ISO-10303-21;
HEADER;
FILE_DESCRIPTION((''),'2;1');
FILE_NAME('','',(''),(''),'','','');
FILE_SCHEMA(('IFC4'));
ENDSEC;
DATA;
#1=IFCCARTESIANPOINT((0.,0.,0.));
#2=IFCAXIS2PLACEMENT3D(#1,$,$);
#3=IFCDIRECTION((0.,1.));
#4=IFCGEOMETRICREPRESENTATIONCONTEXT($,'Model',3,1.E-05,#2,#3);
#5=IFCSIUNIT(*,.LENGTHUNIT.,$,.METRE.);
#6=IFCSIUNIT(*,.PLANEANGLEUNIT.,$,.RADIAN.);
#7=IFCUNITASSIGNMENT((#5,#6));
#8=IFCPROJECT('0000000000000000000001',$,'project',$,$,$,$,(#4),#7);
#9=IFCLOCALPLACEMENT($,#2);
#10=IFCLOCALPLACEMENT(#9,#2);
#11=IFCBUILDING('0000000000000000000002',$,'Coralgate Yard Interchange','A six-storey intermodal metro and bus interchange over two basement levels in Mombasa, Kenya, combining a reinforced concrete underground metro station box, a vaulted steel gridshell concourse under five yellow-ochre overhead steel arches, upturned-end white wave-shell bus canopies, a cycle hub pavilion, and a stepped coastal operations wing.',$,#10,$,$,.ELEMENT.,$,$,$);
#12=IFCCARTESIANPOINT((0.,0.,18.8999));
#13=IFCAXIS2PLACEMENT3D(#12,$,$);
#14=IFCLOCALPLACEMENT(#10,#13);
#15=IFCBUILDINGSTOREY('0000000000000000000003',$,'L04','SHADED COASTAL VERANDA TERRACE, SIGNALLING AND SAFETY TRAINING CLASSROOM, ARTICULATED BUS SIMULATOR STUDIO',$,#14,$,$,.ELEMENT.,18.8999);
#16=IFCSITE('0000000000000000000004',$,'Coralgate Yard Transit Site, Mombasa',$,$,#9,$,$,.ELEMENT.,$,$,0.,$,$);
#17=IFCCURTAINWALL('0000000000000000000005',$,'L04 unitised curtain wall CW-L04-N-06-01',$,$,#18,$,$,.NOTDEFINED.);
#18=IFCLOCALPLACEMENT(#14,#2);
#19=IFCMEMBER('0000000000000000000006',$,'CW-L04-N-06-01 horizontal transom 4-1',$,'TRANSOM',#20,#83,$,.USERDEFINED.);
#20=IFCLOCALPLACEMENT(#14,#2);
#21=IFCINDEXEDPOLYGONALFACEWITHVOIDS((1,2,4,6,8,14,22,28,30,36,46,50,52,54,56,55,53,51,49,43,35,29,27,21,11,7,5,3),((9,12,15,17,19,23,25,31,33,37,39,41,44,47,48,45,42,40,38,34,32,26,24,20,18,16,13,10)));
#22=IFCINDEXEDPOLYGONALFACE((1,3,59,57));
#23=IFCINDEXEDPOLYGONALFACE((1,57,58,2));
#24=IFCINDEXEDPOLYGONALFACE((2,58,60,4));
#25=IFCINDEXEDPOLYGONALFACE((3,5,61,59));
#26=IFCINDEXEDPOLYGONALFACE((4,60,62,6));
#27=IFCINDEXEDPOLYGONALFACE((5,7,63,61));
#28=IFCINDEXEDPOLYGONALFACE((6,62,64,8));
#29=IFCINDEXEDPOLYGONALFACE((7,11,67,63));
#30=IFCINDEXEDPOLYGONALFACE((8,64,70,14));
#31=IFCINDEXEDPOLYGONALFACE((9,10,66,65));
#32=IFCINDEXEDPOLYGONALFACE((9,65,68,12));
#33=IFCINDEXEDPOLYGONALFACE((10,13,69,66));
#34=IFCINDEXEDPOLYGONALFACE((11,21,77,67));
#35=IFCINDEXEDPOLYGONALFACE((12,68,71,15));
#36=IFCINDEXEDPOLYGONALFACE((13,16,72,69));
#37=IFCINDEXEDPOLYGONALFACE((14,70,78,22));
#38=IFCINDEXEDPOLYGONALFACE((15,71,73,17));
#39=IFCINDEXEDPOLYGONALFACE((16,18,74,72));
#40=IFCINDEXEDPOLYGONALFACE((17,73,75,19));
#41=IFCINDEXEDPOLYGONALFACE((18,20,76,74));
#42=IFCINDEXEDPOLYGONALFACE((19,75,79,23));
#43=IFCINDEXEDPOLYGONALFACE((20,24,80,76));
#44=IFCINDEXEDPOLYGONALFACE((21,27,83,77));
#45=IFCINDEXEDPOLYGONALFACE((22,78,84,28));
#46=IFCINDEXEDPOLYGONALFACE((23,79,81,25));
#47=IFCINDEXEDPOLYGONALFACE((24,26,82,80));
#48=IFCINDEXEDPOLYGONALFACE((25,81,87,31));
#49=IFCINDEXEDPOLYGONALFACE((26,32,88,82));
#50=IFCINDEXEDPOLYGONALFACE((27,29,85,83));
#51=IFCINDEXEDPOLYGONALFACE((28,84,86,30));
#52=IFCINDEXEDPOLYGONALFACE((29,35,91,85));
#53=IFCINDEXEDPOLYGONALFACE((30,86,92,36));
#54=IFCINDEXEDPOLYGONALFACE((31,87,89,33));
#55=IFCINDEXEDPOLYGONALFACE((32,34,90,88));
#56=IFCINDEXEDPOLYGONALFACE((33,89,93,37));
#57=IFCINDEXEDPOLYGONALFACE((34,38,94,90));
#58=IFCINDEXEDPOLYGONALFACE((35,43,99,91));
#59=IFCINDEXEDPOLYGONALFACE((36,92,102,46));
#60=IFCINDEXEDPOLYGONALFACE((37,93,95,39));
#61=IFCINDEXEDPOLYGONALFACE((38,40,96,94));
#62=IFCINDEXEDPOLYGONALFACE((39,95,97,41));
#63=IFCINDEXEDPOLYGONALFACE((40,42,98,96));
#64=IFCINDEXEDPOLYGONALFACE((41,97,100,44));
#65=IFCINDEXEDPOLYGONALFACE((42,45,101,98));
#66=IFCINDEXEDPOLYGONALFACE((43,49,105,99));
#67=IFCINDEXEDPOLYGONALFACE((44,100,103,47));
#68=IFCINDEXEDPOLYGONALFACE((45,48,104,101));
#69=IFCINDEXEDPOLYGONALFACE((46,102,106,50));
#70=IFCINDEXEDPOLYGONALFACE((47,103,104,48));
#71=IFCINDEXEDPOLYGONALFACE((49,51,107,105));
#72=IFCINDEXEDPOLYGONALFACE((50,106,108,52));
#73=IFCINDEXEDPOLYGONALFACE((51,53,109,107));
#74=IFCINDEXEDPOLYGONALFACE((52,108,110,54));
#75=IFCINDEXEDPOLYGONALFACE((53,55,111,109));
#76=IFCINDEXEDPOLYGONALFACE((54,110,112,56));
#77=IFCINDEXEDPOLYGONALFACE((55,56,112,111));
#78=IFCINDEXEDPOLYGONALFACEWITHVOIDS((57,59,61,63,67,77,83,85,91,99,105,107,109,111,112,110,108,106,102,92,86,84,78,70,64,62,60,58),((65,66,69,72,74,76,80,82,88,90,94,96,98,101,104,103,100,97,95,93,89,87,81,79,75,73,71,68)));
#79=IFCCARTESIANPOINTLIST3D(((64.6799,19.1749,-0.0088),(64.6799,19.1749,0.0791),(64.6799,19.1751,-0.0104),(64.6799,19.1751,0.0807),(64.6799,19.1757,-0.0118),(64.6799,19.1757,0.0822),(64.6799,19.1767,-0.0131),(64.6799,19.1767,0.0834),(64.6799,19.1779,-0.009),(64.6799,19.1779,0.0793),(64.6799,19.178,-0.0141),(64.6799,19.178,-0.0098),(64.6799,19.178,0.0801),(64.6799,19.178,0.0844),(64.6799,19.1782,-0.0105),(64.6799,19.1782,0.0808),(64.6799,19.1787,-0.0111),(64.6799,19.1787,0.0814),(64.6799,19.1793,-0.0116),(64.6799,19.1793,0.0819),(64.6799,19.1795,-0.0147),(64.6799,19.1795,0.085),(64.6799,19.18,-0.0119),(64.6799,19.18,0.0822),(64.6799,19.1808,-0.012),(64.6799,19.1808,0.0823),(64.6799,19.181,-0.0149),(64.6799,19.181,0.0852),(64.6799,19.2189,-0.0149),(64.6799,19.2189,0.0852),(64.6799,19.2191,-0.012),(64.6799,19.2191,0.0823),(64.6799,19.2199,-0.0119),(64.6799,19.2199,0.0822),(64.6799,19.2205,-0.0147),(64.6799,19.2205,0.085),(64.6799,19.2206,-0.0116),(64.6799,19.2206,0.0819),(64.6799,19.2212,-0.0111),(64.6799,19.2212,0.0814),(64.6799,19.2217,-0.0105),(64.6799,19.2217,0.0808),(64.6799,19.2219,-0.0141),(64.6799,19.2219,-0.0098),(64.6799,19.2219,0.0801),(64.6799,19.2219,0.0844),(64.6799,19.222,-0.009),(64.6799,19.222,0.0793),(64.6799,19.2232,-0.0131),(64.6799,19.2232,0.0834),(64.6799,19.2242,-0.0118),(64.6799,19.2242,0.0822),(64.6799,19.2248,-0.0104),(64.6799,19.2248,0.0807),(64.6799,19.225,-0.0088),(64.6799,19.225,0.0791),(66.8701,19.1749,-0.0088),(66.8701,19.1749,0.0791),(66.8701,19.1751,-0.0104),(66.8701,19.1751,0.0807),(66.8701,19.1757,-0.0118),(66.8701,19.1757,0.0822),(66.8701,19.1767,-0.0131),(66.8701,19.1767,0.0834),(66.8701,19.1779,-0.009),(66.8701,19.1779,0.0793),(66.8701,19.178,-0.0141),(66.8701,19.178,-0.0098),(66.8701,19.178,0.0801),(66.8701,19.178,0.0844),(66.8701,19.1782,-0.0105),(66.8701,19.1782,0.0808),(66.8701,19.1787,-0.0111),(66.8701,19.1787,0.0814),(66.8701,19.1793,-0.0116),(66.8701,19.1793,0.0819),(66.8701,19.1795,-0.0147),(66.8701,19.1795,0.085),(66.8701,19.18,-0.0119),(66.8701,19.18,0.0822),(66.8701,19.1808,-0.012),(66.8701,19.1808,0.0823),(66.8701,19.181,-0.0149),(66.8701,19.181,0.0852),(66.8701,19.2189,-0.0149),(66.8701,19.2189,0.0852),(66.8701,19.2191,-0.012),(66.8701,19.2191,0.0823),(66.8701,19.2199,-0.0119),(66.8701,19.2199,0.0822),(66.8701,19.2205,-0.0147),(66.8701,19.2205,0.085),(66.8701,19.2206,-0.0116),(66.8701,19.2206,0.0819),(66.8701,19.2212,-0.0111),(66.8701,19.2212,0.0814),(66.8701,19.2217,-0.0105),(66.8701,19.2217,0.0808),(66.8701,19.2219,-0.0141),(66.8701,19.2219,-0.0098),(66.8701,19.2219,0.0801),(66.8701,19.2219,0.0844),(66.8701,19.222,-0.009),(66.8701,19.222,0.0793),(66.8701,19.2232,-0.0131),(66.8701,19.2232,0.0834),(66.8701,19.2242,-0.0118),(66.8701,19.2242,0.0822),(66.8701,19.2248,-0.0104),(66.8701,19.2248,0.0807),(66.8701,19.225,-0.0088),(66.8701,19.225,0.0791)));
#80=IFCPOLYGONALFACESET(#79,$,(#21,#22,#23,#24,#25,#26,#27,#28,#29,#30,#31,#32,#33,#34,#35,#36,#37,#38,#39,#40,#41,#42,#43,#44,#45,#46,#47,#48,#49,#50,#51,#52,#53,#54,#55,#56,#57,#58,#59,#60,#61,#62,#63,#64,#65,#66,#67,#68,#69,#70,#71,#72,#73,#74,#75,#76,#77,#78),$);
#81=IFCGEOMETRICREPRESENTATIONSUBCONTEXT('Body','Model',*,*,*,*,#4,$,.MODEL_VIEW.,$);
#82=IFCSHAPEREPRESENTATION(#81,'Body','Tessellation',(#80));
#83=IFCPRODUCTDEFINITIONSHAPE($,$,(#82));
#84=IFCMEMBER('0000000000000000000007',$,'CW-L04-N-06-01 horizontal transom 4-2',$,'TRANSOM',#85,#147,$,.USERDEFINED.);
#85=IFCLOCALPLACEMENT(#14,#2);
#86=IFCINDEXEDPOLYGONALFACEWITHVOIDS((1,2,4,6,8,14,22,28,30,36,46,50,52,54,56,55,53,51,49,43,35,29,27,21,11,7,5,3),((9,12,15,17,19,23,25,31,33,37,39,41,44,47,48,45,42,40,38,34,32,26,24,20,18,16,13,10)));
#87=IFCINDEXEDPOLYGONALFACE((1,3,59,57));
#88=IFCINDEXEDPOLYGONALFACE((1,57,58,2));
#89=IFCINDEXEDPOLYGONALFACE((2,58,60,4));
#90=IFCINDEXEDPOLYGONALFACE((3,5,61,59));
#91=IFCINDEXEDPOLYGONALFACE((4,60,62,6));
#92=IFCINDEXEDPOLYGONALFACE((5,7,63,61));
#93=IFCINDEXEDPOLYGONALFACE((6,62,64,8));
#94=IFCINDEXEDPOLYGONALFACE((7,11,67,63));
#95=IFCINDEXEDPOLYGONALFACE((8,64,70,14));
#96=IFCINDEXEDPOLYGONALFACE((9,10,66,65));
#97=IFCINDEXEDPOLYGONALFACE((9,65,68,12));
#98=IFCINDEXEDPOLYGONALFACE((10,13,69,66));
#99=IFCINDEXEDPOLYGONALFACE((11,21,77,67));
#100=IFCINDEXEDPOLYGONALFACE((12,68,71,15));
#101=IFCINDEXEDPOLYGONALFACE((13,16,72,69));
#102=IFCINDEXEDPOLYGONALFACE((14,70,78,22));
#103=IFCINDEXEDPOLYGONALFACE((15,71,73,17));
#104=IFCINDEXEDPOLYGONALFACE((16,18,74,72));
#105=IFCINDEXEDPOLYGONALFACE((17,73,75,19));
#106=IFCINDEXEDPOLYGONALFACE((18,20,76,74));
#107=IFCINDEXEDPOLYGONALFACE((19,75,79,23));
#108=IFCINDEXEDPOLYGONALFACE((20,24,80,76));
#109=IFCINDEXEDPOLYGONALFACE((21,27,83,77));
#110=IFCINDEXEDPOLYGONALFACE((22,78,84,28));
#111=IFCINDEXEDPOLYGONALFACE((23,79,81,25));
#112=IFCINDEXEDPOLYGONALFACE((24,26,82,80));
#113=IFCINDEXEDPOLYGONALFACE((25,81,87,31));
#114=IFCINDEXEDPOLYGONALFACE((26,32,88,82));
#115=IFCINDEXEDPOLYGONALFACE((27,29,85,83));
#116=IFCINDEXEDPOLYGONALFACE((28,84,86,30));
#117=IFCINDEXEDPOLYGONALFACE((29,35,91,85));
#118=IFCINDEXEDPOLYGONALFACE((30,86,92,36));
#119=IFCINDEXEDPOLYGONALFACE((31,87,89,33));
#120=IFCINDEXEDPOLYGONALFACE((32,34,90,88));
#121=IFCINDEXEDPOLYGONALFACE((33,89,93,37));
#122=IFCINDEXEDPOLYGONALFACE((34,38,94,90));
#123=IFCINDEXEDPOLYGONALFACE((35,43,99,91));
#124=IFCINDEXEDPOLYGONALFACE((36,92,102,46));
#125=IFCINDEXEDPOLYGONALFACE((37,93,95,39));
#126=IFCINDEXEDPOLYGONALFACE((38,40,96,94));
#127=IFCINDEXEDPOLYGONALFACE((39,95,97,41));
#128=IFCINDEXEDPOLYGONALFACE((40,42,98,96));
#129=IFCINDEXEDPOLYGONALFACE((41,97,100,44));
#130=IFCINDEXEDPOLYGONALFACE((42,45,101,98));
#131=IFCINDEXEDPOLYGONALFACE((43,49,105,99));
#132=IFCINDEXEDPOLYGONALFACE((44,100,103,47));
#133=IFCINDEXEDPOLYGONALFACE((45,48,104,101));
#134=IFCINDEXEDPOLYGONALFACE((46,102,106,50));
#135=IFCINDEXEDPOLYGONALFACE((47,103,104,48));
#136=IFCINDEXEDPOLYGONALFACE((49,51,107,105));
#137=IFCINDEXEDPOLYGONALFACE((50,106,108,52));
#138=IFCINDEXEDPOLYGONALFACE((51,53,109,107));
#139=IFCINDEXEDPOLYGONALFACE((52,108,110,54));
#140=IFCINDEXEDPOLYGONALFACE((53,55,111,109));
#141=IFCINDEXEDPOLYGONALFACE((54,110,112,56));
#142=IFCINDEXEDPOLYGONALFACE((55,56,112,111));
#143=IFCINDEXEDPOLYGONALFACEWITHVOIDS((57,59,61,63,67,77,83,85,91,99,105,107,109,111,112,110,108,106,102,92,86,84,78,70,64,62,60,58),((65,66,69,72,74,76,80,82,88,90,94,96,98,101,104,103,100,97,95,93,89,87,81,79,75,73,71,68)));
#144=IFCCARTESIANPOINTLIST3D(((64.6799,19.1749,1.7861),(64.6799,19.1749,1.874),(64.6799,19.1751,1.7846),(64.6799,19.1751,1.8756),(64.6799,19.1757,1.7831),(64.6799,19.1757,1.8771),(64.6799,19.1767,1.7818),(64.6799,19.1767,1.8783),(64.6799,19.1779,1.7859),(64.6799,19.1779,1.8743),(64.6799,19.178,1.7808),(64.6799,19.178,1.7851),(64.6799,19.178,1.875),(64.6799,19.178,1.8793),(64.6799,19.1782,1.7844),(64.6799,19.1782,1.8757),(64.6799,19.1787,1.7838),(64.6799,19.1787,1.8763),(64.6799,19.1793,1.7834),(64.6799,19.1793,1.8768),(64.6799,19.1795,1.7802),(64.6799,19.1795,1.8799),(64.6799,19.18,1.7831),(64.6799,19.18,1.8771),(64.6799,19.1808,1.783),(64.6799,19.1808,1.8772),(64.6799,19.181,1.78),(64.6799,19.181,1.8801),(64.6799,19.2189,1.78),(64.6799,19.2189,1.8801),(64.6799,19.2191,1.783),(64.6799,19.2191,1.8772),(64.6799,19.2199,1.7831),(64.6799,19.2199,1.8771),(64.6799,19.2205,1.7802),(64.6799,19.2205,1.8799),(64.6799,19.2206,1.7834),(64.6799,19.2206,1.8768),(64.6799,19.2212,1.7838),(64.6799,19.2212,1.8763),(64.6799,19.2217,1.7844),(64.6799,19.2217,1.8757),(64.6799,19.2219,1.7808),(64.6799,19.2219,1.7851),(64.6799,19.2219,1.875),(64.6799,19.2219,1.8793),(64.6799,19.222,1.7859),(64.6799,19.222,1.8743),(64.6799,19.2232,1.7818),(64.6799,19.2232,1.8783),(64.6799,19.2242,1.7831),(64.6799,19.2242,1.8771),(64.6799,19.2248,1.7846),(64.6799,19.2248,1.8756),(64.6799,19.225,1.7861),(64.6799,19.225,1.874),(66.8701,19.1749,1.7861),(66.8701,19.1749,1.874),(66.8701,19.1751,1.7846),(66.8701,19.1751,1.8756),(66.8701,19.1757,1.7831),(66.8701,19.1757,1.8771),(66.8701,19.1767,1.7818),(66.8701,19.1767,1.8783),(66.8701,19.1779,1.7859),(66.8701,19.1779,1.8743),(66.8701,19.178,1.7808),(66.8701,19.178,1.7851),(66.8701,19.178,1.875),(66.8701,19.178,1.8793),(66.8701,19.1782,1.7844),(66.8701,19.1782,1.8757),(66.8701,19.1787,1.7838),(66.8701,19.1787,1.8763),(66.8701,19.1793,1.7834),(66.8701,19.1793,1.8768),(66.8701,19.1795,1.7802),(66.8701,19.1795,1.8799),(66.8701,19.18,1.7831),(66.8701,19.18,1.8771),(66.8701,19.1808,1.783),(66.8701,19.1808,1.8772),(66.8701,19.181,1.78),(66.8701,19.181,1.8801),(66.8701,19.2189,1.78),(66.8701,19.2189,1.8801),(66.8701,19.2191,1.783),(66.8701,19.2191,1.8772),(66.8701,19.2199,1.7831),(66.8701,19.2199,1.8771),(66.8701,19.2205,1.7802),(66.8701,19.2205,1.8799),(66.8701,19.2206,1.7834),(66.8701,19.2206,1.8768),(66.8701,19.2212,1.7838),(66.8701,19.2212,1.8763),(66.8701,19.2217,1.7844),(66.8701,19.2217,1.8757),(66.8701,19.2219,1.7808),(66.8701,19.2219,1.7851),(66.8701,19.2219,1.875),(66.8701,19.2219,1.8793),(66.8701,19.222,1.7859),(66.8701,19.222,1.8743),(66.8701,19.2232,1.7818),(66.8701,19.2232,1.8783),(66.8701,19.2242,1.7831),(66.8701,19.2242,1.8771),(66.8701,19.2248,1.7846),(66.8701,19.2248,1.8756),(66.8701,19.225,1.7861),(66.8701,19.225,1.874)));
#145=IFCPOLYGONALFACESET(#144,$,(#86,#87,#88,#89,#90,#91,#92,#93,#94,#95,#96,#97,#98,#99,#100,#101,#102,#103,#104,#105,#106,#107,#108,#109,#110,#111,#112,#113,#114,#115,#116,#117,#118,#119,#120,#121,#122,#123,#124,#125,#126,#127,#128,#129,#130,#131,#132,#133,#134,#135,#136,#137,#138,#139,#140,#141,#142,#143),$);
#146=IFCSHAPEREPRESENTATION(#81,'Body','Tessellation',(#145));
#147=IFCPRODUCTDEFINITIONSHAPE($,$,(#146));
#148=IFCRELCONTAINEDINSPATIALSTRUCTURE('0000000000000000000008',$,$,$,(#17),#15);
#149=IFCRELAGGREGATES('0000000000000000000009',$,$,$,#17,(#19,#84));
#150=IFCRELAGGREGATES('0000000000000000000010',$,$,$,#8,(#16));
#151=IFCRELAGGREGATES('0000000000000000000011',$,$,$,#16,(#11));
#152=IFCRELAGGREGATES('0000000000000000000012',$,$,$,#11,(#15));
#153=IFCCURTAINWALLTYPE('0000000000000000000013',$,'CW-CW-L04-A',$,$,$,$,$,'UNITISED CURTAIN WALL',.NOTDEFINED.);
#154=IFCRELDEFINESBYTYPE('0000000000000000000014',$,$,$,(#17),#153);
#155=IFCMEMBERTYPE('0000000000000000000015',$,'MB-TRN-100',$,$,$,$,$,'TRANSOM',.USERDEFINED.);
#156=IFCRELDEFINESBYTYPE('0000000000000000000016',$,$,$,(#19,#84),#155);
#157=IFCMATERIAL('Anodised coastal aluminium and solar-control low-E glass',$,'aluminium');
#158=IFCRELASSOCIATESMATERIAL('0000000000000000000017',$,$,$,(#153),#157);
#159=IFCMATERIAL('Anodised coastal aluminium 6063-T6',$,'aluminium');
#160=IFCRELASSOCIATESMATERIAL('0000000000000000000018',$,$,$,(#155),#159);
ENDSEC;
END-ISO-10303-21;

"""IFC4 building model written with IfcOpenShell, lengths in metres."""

from ifc_helpers import new_model, si_unit, direction, frame, origin, origin_2d, place, context, subcontext, project, spatial, hollow_rectangle, extrude, material, material_profile, profile_set, type_object, element, aggregate, save


model = new_model("IFC4")

# Units and contexts
model_context = context("Model", 3, precision=1e-05, world=origin(), true_north=direction((0.0, 1.0)))
body_context = subcontext(model_context, "Body", "Model", "MODEL_VIEW")
ifc_project = project(units=[si_unit("LENGTHUNIT", "METRE"), si_unit("PLANEANGLEUNIT", "RADIAN")], contexts=[model_context])

# Site, building, storey
site_placement = place(None, origin())
site = spatial("IfcSite", under=ifc_project, at=site_placement, Name="Coralgate Yard Transit Site, Mombasa", CompositionType="ELEMENT", RefElevation=0.0)
building_placement = place(site_placement, origin())
building = spatial("IfcBuilding", under=site, at=building_placement, Name="Coralgate Yard Interchange", Description="A six-storey intermodal metro and bus interchange over two basement levels in Mombasa, Kenya, combining a reinforced concrete underground metro station box, a vaulted steel gridshell concourse under five yellow-ochre overhead steel arches, upturned-end white wave-shell bus canopies, a cycle hub pavilion, and a stepped coastal operations wing.", CompositionType="ELEMENT")
storey_placement = place(building_placement, frame((0.0, 0.0, 18.8999)))
storey = spatial("IfcBuildingStorey", under=building, at=storey_placement, Name="L04", Description="SHADED COASTAL VERANDA TERRACE, SIGNALLING AND SAFETY TRAINING CLASSROOM, ARTICULATED BUS SIMULATOR STUDIO", CompositionType="ELEMENT", Elevation=18.8999)

# Curtain wall
ifc_material_1 = material(Name="Anodised coastal aluminium and solar-control low-E glass", Category="aluminium")
curtain_wall_type = type_object("IfcCurtainWallType", Name="CW-CW-L04-A", ElementType="UNITISED CURTAIN WALL", PredefinedType="NOTDEFINED", material=ifc_material_1)
ifc_material_2 = material(Name="Anodised coastal aluminium 6063-T6", Category="aluminium")
curtain_wall_1_placement = place(storey_placement, origin())
curtain_wall_1 = element("IfcCurtainWall", 1, at=curtain_wall_1_placement, inside=storey, type_object=curtain_wall_type, Name="L04 unitised curtain wall CW-L04-N-06-01", PredefinedType="NOTDEFINED")

# Members
ifc_material_profile_1 = material_profile(ifc_material_2, hollow_rectangle(XDim=0.05, YDim=0.1001, WallThickness=0.0029, InnerFilletRadius=0.0029, OuterFilletRadius=0.0061, at=origin_2d()), Name="ALU 50x100x3")
ifc_profile_set_1 = profile_set([ifc_material_profile_1], Name="Anodised coastal aluminium 6063-T6")
member_type_1 = type_object("IfcMemberType", Name="MB-TRN-100", ElementType="TRANSOM", PredefinedType="USERDEFINED", material=ifc_profile_set_1)
member_1_placement = place(storey_placement, frame((64.6799, 19.2, 0.0352), z_axis=(1.0, 0.0, 0.0), x_axis=(0.0, 1.0, 0.0)))
member_1 = element("IfcMember", 2, at=member_1_placement, type_object=member_type_1, Name="CW-L04-N-06-01 horizontal transom 4-1", ObjectType="TRANSOM", PredefinedType="USERDEFINED", context=body_context, shape_type="SweptSolid", body=[
    extrude(hollow_rectangle(XDim=0.05, YDim=0.1001, WallThickness=0.0029, InnerFilletRadius=0.0029, OuterFilletRadius=0.0061, at=origin_2d()), origin(), (0.0, 0.0, 1.0), 2.1902),
])
member_2_placement = place(storey_placement, frame((64.6799, 19.2, 1.8301), z_axis=(1.0, 0.0, 0.0), x_axis=(0.0, 1.0, 0.0)))
member_2 = element("IfcMember", 3, at=member_2_placement, type_object=member_type_1, Name="CW-L04-N-06-01 horizontal transom 4-2", ObjectType="TRANSOM", PredefinedType="USERDEFINED", context=body_context, shape_type="SweptSolid", body=[
    extrude(hollow_rectangle(XDim=0.05, YDim=0.1001, WallThickness=0.0029, InnerFilletRadius=0.0029, OuterFilletRadius=0.0061, at=origin_2d()), origin(), (0.0, 0.0, 1.0), 2.1902),
])

aggregate(curtain_wall_1, [member_1, member_2])

save(model, "model.ifc")
